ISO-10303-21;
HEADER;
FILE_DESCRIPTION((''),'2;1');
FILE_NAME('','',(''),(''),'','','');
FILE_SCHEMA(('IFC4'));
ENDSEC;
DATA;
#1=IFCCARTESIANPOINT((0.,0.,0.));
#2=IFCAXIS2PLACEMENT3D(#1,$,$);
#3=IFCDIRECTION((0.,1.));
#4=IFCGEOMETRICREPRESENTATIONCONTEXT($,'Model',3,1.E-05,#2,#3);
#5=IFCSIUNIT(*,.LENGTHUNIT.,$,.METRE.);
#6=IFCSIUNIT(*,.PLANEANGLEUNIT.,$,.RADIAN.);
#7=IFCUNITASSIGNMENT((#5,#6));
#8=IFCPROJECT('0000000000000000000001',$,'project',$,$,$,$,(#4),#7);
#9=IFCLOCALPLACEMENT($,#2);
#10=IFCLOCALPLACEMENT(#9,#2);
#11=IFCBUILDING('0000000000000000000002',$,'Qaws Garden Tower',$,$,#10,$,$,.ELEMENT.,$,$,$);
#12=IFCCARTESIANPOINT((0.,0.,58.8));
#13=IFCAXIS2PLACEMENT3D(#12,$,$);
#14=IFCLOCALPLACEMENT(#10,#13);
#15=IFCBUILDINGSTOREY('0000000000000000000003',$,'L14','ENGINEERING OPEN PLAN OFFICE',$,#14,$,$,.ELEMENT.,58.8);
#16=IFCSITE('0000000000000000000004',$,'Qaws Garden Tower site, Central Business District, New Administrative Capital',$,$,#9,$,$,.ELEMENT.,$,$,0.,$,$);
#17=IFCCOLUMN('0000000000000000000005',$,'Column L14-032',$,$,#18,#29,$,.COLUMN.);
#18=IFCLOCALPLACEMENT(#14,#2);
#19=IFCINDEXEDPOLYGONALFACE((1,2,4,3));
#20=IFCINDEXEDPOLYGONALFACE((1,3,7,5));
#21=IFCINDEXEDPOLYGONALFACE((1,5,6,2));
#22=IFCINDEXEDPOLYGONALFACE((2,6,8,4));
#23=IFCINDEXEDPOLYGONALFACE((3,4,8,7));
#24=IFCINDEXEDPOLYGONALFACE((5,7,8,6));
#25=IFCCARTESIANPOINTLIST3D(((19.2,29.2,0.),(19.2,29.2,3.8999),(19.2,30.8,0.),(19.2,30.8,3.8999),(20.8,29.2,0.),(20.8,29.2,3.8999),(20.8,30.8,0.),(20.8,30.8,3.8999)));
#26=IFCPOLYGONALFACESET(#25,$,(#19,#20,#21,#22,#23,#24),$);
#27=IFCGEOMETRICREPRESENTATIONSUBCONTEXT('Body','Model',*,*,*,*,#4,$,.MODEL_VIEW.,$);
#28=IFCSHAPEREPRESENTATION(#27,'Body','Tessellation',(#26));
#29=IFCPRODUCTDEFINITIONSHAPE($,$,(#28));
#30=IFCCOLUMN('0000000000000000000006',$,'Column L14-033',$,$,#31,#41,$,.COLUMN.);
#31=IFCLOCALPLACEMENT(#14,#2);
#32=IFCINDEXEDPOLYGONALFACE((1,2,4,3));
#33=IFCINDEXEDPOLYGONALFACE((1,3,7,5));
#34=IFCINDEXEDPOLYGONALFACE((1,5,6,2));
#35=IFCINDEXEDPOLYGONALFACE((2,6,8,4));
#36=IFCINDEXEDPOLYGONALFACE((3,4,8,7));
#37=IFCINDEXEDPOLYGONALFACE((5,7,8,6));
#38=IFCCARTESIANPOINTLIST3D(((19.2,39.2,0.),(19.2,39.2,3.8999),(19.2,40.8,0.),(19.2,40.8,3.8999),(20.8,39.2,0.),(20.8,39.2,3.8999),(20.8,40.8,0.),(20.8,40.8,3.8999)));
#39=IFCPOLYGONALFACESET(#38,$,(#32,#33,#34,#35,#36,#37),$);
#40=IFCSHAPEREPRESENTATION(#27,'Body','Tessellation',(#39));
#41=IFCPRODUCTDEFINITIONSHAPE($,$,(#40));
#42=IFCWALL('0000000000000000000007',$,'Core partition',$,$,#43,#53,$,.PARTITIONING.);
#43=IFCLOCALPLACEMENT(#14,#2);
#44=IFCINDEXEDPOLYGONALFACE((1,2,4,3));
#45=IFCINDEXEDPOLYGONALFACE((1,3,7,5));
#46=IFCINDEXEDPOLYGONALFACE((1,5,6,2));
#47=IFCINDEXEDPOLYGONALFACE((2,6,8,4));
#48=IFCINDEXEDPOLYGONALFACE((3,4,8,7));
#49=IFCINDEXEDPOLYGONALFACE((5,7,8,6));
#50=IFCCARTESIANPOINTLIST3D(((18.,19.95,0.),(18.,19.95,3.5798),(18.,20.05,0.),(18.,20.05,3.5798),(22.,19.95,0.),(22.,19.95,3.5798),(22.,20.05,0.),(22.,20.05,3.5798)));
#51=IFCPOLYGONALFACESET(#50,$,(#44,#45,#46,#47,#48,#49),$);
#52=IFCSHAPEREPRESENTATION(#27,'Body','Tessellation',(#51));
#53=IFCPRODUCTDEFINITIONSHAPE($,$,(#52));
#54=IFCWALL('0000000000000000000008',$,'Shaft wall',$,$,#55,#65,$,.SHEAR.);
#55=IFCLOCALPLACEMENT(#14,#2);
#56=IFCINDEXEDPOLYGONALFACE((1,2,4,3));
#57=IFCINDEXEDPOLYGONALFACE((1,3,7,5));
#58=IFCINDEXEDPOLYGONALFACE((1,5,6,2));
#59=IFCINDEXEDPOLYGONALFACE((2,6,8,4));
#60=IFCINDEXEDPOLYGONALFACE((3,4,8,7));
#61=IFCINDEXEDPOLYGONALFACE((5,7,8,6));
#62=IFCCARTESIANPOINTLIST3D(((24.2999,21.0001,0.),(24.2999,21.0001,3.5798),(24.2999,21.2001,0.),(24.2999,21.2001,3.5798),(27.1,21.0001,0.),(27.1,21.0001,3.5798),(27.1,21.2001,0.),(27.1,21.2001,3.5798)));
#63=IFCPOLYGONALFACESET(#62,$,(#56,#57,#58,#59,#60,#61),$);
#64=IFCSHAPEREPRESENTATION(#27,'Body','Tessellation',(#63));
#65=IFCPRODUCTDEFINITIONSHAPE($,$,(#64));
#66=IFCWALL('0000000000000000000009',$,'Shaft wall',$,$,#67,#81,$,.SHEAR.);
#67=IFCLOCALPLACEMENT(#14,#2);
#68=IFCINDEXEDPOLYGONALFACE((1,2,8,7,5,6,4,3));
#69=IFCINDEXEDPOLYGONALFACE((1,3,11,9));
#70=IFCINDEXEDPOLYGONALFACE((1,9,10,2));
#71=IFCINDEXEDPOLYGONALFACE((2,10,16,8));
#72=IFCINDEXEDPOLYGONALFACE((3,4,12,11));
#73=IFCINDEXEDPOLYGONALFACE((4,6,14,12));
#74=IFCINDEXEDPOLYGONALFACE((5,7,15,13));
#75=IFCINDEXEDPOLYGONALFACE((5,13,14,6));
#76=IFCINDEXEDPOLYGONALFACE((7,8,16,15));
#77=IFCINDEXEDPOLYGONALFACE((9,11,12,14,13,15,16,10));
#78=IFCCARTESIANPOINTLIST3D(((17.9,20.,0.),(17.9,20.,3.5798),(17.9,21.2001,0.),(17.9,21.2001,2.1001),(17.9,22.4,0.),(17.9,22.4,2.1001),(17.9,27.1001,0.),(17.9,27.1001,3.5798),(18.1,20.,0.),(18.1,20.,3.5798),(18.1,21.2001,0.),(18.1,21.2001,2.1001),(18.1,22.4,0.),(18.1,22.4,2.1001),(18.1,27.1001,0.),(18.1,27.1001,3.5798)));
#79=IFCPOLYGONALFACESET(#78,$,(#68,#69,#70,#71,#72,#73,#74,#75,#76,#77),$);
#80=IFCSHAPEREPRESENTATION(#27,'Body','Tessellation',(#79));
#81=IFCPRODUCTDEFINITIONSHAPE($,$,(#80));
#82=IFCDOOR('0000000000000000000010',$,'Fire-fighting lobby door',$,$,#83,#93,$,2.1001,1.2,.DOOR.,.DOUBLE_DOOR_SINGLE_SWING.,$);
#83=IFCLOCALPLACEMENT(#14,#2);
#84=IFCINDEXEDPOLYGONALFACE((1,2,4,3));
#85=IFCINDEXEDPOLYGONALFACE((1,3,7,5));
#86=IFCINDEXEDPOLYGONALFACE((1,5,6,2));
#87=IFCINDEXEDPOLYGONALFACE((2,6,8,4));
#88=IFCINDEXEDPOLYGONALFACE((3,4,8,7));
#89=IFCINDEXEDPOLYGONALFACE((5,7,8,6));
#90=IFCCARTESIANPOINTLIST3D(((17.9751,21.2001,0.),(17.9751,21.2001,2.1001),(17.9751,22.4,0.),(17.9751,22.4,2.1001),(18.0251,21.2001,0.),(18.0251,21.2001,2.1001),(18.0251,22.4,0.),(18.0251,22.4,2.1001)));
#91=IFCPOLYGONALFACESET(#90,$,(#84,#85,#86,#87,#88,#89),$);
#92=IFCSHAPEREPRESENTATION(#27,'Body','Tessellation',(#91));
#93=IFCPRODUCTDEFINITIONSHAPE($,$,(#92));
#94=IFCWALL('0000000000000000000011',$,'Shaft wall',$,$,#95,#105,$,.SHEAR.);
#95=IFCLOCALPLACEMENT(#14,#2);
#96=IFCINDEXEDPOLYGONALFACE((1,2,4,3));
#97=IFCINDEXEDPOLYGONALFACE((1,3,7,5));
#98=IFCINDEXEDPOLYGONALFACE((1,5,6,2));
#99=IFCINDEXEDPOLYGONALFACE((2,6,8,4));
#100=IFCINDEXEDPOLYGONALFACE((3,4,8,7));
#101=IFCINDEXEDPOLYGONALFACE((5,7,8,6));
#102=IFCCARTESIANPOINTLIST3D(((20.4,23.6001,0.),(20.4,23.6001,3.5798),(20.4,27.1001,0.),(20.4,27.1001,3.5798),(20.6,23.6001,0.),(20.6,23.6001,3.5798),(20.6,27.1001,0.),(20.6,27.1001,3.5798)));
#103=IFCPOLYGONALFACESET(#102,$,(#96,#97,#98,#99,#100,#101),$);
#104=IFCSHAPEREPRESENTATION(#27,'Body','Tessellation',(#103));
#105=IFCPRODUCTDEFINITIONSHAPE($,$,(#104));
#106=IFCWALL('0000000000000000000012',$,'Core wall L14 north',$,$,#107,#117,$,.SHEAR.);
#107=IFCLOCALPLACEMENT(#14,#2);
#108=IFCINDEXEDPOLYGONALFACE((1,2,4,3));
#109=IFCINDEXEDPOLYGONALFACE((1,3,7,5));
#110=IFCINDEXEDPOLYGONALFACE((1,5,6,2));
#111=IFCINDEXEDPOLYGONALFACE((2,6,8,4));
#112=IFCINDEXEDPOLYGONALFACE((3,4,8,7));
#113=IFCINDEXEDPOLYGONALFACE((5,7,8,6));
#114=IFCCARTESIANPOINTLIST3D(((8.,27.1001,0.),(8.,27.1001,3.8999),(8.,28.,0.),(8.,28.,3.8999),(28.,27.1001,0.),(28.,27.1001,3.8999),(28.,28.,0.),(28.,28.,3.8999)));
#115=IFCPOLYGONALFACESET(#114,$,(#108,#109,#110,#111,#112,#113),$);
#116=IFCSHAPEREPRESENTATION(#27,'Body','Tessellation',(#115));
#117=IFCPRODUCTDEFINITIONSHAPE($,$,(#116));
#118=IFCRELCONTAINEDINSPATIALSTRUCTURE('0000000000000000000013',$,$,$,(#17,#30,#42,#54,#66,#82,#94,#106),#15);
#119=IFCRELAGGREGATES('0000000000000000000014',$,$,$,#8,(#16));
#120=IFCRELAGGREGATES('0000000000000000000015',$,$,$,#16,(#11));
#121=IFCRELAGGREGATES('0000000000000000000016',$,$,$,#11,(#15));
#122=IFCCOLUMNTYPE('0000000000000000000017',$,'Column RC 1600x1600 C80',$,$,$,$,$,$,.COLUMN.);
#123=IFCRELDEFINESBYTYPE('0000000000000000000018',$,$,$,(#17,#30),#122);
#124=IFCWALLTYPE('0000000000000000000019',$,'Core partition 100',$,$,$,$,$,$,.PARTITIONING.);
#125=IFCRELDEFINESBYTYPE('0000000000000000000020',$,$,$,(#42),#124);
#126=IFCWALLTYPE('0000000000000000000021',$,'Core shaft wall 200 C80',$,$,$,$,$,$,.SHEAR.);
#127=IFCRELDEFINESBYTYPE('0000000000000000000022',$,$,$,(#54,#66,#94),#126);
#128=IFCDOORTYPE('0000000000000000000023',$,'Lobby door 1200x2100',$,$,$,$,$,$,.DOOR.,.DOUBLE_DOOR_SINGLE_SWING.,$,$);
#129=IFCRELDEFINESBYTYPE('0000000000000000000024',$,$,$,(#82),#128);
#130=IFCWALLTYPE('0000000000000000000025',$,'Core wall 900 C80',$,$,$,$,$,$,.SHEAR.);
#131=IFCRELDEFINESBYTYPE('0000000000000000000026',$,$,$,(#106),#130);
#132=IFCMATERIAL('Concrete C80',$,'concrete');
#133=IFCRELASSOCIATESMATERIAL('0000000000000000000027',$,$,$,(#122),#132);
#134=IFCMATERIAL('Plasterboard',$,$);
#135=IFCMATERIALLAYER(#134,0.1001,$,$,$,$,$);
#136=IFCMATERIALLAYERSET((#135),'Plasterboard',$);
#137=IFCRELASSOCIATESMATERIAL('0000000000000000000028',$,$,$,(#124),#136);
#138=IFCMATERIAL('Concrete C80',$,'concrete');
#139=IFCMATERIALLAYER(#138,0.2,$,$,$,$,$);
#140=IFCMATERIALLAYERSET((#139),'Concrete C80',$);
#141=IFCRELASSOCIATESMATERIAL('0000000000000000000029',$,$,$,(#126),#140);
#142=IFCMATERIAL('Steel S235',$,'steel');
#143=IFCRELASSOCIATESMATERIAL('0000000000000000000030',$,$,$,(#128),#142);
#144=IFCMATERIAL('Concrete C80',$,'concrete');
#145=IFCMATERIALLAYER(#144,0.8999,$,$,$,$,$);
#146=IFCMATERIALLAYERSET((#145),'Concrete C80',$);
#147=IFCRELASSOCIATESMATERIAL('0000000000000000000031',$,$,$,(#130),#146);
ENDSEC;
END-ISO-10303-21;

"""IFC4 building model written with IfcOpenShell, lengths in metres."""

from ifc_helpers import new_model, si_unit, direction, frame, frame_2d, origin, origin_2d, place, context, subcontext, project, spatial, rectangle, extrude, material, layer, layer_set, material_profile, profile_set, type_object, element, fill, save


model = new_model("IFC4")

# Units and contexts
model_context = context("Model", 3, precision=1e-05, world=origin(), true_north=direction((0.0, 1.0)))
body_context = subcontext(model_context, "Body", "Model", "MODEL_VIEW")
ifc_project = project(units=[si_unit("LENGTHUNIT", "METRE"), si_unit("PLANEANGLEUNIT", "RADIAN")], contexts=[model_context])

# Site, building, storey
site_placement = place(None, origin())
site = spatial("IfcSite", under=ifc_project, at=site_placement, Name="Qaws Garden Tower site, Central Business District, New Administrative Capital", CompositionType="ELEMENT", RefElevation=0.0)
building_placement = place(site_placement, origin())
building = spatial("IfcBuilding", under=site, at=building_placement, Name="Qaws Garden Tower", CompositionType="ELEMENT")
storey_placement = place(building_placement, frame((0.0, 0.0, 58.8)))
storey = spatial("IfcBuildingStorey", under=building, at=storey_placement, Name="L14", Description="ENGINEERING OPEN PLAN OFFICE", CompositionType="ELEMENT", Elevation=58.8)

# Columns
ifc_material_1 = material(Name="Concrete C80", Category="concrete")
ifc_material_profile = material_profile(ifc_material_1, rectangle(XDim=1.6001, YDim=1.6001, at=origin_2d()), Name="RC 1600x1600")
ifc_profile_set = profile_set([ifc_material_profile], Name="Concrete C80")
column_type = type_object("IfcColumnType", Name="Column RC 1600x1600 C80", PredefinedType="COLUMN", material=ifc_profile_set)
for number, where, z_axis, x_axis, name in (
    (1, (20.0, 30.0, 0.0), (0.0, 0.0, 1.0), (1.0, 0.0, 0.0), "Column L14-032"),
    (2, (20.0, 40.0, 0.0), (0.0, 0.0, 1.0), (1.0, 0.0, 0.0), "Column L14-033"),
):
    element("IfcColumn", number, at=place(storey_placement, frame(where, z_axis=z_axis, x_axis=x_axis)), inside=storey, type_object=column_type, Name=name, PredefinedType="COLUMN", context=body_context, shape_type="SweptSolid", body=[
        extrude(rectangle(XDim=1.6001, YDim=1.6001, at=origin_2d()), origin(), (0.0, 0.0, 1.0), 3.8999),
    ])

# Walls
ifc_material_2 = material(Name="Plasterboard")
ifc_layer_1 = layer(ifc_material_2, 0.1001)
ifc_layer_set_1 = layer_set([ifc_layer_1], Name="Plasterboard")
wall_type_1 = type_object("IfcWallType", Name="Core partition 100", PredefinedType="PARTITIONING", material=ifc_layer_set_1)
wall_1_placement = place(storey_placement, frame((18.0, 20.0, 0.0), z_axis=(0.0, 0.0, 1.0), x_axis=(1.0, 0.0, 0.0)))
element("IfcWall", 3, at=wall_1_placement, inside=storey, type_object=wall_type_1, Name="Core partition", PredefinedType="PARTITIONING", context=body_context, shape_type="SweptSolid", body=[
    extrude(rectangle(XDim=4.0, YDim=0.1001, at=frame_2d((2.0, 0.0))), origin(), (0.0, 0.0, 1.0), 3.5798),
])
ifc_material_3 = material(Name="Concrete C80", Category="concrete")
ifc_layer_2 = layer(ifc_material_3, 0.2)
ifc_layer_set_2 = layer_set([ifc_layer_2], Name="Concrete C80")
wall_type_2 = type_object("IfcWallType", Name="Core shaft wall 200 C80", PredefinedType="SHEAR", material=ifc_layer_set_2)
wall_2_placement = place(storey_placement, frame((24.3, 21.1001, 0.0), z_axis=(0.0, 0.0, 1.0), x_axis=(1.0, 0.0, 0.0)))
element("IfcWall", 4, at=wall_2_placement, inside=storey, type_object=wall_type_2, Name="Shaft wall", PredefinedType="SHEAR", context=body_context, shape_type="SweptSolid", body=[
    extrude(rectangle(XDim=2.8, YDim=0.2, at=frame_2d((1.3999, 0.0))), origin(), (0.0, 0.0, 1.0), 3.5798),
])

# Wall, opening, door
wall_3_placement = place(storey_placement, frame((18.0, 20.0, 0.0), z_axis=(0.0, 0.0, 1.0), x_axis=(0.0, 1.0, 0.0)))
wall_3 = element("IfcWall", 5, at=wall_3_placement, inside=storey, type_object=wall_type_2, Name="Shaft wall", PredefinedType="SHEAR", context=body_context, shape_type="SweptSolid", body=[
    extrude(rectangle(XDim=7.1001, YDim=0.2, at=frame_2d((3.55, 0.0))), origin(), (0.0, 0.0, 1.0), 3.5798),
])
opening_1_placement = place(wall_3_placement, frame((1.2, 0.0, 0.0)))
opening_1 = element("IfcOpeningElement", 6, at=opening_1_placement, cuts=wall_3, PredefinedType="OPENING", context=body_context, shape_type="SweptSolid", body=[
    extrude(rectangle(XDim=1.2, YDim=2.1001, at=frame_2d((0.6001, 1.05))), frame((0.0, 0.1099, 0.0), z_axis=(0.0, -1.0, 0.0), x_axis=(1.0, 0.0, 0.0)), (0.0, 0.0, 1.0), 0.22),
])
ifc_material_4 = material(Name="Steel S235", Category="steel")
door_type_1 = type_object("IfcDoorType", Name="Lobby door 1200x2100", OperationType="DOUBLE_DOOR_SINGLE_SWING", PredefinedType="DOOR", material=ifc_material_4)
door_1_placement = place(opening_1_placement, origin())
door_1 = element("IfcDoor", 7, at=door_1_placement, inside=storey, type_object=door_type_1, Name="Fire-fighting lobby door", OperationType="DOUBLE_DOOR_SINGLE_SWING", OverallHeight=2.1001, OverallWidth=1.2, PredefinedType="DOOR", context=body_context, shape_type="SweptSolid", body=[
    extrude(rectangle(XDim=1.2, YDim=2.1001, at=frame_2d((0.6001, 1.05))), frame((0.0, 0.0249, 0.0), z_axis=(0.0, -1.0, 0.0), x_axis=(1.0, 0.0, 0.0)), (0.0, 0.0, 1.0), 0.05),
])
fill(opening_1, door_1)

# Walls
wall_4_placement = place(storey_placement, frame((20.5, 23.6001, 0.0), z_axis=(0.0, 0.0, 1.0), x_axis=(0.0, 1.0, 0.0)))
element("IfcWall", 8, at=wall_4_placement, inside=storey, type_object=wall_type_2, Name="Shaft wall", PredefinedType="SHEAR", context=body_context, shape_type="SweptSolid", body=[
    extrude(rectangle(XDim=3.5, YDim=0.2, at=frame_2d((1.75, 0.0))), origin(), (0.0, 0.0, 1.0), 3.5798),
])
ifc_material_5 = material(Name="Concrete C80", Category="concrete")
ifc_layer_3 = layer(ifc_material_5, 0.8999)
ifc_layer_set_3 = layer_set([ifc_layer_3], Name="Concrete C80")
wall_type_3 = type_object("IfcWallType", Name="Core wall 900 C80", PredefinedType="SHEAR", material=ifc_layer_set_3)
wall_5_placement = place(storey_placement, frame((28.0, 27.55, 0.0), z_axis=(0.0, 0.0, 1.0), x_axis=(-1.0, 0.0, 0.0)))
element("IfcWall", 9, at=wall_5_placement, inside=storey, type_object=wall_type_3, Name="Core wall L14 north", PredefinedType="SHEAR", context=body_context, shape_type="SweptSolid", body=[
    extrude(rectangle(XDim=20.0, YDim=0.8999, at=frame_2d((10.0, 0.0))), origin(), (0.0, 0.0, 1.0), 3.8999),
])

save(model, "model.ifc")
